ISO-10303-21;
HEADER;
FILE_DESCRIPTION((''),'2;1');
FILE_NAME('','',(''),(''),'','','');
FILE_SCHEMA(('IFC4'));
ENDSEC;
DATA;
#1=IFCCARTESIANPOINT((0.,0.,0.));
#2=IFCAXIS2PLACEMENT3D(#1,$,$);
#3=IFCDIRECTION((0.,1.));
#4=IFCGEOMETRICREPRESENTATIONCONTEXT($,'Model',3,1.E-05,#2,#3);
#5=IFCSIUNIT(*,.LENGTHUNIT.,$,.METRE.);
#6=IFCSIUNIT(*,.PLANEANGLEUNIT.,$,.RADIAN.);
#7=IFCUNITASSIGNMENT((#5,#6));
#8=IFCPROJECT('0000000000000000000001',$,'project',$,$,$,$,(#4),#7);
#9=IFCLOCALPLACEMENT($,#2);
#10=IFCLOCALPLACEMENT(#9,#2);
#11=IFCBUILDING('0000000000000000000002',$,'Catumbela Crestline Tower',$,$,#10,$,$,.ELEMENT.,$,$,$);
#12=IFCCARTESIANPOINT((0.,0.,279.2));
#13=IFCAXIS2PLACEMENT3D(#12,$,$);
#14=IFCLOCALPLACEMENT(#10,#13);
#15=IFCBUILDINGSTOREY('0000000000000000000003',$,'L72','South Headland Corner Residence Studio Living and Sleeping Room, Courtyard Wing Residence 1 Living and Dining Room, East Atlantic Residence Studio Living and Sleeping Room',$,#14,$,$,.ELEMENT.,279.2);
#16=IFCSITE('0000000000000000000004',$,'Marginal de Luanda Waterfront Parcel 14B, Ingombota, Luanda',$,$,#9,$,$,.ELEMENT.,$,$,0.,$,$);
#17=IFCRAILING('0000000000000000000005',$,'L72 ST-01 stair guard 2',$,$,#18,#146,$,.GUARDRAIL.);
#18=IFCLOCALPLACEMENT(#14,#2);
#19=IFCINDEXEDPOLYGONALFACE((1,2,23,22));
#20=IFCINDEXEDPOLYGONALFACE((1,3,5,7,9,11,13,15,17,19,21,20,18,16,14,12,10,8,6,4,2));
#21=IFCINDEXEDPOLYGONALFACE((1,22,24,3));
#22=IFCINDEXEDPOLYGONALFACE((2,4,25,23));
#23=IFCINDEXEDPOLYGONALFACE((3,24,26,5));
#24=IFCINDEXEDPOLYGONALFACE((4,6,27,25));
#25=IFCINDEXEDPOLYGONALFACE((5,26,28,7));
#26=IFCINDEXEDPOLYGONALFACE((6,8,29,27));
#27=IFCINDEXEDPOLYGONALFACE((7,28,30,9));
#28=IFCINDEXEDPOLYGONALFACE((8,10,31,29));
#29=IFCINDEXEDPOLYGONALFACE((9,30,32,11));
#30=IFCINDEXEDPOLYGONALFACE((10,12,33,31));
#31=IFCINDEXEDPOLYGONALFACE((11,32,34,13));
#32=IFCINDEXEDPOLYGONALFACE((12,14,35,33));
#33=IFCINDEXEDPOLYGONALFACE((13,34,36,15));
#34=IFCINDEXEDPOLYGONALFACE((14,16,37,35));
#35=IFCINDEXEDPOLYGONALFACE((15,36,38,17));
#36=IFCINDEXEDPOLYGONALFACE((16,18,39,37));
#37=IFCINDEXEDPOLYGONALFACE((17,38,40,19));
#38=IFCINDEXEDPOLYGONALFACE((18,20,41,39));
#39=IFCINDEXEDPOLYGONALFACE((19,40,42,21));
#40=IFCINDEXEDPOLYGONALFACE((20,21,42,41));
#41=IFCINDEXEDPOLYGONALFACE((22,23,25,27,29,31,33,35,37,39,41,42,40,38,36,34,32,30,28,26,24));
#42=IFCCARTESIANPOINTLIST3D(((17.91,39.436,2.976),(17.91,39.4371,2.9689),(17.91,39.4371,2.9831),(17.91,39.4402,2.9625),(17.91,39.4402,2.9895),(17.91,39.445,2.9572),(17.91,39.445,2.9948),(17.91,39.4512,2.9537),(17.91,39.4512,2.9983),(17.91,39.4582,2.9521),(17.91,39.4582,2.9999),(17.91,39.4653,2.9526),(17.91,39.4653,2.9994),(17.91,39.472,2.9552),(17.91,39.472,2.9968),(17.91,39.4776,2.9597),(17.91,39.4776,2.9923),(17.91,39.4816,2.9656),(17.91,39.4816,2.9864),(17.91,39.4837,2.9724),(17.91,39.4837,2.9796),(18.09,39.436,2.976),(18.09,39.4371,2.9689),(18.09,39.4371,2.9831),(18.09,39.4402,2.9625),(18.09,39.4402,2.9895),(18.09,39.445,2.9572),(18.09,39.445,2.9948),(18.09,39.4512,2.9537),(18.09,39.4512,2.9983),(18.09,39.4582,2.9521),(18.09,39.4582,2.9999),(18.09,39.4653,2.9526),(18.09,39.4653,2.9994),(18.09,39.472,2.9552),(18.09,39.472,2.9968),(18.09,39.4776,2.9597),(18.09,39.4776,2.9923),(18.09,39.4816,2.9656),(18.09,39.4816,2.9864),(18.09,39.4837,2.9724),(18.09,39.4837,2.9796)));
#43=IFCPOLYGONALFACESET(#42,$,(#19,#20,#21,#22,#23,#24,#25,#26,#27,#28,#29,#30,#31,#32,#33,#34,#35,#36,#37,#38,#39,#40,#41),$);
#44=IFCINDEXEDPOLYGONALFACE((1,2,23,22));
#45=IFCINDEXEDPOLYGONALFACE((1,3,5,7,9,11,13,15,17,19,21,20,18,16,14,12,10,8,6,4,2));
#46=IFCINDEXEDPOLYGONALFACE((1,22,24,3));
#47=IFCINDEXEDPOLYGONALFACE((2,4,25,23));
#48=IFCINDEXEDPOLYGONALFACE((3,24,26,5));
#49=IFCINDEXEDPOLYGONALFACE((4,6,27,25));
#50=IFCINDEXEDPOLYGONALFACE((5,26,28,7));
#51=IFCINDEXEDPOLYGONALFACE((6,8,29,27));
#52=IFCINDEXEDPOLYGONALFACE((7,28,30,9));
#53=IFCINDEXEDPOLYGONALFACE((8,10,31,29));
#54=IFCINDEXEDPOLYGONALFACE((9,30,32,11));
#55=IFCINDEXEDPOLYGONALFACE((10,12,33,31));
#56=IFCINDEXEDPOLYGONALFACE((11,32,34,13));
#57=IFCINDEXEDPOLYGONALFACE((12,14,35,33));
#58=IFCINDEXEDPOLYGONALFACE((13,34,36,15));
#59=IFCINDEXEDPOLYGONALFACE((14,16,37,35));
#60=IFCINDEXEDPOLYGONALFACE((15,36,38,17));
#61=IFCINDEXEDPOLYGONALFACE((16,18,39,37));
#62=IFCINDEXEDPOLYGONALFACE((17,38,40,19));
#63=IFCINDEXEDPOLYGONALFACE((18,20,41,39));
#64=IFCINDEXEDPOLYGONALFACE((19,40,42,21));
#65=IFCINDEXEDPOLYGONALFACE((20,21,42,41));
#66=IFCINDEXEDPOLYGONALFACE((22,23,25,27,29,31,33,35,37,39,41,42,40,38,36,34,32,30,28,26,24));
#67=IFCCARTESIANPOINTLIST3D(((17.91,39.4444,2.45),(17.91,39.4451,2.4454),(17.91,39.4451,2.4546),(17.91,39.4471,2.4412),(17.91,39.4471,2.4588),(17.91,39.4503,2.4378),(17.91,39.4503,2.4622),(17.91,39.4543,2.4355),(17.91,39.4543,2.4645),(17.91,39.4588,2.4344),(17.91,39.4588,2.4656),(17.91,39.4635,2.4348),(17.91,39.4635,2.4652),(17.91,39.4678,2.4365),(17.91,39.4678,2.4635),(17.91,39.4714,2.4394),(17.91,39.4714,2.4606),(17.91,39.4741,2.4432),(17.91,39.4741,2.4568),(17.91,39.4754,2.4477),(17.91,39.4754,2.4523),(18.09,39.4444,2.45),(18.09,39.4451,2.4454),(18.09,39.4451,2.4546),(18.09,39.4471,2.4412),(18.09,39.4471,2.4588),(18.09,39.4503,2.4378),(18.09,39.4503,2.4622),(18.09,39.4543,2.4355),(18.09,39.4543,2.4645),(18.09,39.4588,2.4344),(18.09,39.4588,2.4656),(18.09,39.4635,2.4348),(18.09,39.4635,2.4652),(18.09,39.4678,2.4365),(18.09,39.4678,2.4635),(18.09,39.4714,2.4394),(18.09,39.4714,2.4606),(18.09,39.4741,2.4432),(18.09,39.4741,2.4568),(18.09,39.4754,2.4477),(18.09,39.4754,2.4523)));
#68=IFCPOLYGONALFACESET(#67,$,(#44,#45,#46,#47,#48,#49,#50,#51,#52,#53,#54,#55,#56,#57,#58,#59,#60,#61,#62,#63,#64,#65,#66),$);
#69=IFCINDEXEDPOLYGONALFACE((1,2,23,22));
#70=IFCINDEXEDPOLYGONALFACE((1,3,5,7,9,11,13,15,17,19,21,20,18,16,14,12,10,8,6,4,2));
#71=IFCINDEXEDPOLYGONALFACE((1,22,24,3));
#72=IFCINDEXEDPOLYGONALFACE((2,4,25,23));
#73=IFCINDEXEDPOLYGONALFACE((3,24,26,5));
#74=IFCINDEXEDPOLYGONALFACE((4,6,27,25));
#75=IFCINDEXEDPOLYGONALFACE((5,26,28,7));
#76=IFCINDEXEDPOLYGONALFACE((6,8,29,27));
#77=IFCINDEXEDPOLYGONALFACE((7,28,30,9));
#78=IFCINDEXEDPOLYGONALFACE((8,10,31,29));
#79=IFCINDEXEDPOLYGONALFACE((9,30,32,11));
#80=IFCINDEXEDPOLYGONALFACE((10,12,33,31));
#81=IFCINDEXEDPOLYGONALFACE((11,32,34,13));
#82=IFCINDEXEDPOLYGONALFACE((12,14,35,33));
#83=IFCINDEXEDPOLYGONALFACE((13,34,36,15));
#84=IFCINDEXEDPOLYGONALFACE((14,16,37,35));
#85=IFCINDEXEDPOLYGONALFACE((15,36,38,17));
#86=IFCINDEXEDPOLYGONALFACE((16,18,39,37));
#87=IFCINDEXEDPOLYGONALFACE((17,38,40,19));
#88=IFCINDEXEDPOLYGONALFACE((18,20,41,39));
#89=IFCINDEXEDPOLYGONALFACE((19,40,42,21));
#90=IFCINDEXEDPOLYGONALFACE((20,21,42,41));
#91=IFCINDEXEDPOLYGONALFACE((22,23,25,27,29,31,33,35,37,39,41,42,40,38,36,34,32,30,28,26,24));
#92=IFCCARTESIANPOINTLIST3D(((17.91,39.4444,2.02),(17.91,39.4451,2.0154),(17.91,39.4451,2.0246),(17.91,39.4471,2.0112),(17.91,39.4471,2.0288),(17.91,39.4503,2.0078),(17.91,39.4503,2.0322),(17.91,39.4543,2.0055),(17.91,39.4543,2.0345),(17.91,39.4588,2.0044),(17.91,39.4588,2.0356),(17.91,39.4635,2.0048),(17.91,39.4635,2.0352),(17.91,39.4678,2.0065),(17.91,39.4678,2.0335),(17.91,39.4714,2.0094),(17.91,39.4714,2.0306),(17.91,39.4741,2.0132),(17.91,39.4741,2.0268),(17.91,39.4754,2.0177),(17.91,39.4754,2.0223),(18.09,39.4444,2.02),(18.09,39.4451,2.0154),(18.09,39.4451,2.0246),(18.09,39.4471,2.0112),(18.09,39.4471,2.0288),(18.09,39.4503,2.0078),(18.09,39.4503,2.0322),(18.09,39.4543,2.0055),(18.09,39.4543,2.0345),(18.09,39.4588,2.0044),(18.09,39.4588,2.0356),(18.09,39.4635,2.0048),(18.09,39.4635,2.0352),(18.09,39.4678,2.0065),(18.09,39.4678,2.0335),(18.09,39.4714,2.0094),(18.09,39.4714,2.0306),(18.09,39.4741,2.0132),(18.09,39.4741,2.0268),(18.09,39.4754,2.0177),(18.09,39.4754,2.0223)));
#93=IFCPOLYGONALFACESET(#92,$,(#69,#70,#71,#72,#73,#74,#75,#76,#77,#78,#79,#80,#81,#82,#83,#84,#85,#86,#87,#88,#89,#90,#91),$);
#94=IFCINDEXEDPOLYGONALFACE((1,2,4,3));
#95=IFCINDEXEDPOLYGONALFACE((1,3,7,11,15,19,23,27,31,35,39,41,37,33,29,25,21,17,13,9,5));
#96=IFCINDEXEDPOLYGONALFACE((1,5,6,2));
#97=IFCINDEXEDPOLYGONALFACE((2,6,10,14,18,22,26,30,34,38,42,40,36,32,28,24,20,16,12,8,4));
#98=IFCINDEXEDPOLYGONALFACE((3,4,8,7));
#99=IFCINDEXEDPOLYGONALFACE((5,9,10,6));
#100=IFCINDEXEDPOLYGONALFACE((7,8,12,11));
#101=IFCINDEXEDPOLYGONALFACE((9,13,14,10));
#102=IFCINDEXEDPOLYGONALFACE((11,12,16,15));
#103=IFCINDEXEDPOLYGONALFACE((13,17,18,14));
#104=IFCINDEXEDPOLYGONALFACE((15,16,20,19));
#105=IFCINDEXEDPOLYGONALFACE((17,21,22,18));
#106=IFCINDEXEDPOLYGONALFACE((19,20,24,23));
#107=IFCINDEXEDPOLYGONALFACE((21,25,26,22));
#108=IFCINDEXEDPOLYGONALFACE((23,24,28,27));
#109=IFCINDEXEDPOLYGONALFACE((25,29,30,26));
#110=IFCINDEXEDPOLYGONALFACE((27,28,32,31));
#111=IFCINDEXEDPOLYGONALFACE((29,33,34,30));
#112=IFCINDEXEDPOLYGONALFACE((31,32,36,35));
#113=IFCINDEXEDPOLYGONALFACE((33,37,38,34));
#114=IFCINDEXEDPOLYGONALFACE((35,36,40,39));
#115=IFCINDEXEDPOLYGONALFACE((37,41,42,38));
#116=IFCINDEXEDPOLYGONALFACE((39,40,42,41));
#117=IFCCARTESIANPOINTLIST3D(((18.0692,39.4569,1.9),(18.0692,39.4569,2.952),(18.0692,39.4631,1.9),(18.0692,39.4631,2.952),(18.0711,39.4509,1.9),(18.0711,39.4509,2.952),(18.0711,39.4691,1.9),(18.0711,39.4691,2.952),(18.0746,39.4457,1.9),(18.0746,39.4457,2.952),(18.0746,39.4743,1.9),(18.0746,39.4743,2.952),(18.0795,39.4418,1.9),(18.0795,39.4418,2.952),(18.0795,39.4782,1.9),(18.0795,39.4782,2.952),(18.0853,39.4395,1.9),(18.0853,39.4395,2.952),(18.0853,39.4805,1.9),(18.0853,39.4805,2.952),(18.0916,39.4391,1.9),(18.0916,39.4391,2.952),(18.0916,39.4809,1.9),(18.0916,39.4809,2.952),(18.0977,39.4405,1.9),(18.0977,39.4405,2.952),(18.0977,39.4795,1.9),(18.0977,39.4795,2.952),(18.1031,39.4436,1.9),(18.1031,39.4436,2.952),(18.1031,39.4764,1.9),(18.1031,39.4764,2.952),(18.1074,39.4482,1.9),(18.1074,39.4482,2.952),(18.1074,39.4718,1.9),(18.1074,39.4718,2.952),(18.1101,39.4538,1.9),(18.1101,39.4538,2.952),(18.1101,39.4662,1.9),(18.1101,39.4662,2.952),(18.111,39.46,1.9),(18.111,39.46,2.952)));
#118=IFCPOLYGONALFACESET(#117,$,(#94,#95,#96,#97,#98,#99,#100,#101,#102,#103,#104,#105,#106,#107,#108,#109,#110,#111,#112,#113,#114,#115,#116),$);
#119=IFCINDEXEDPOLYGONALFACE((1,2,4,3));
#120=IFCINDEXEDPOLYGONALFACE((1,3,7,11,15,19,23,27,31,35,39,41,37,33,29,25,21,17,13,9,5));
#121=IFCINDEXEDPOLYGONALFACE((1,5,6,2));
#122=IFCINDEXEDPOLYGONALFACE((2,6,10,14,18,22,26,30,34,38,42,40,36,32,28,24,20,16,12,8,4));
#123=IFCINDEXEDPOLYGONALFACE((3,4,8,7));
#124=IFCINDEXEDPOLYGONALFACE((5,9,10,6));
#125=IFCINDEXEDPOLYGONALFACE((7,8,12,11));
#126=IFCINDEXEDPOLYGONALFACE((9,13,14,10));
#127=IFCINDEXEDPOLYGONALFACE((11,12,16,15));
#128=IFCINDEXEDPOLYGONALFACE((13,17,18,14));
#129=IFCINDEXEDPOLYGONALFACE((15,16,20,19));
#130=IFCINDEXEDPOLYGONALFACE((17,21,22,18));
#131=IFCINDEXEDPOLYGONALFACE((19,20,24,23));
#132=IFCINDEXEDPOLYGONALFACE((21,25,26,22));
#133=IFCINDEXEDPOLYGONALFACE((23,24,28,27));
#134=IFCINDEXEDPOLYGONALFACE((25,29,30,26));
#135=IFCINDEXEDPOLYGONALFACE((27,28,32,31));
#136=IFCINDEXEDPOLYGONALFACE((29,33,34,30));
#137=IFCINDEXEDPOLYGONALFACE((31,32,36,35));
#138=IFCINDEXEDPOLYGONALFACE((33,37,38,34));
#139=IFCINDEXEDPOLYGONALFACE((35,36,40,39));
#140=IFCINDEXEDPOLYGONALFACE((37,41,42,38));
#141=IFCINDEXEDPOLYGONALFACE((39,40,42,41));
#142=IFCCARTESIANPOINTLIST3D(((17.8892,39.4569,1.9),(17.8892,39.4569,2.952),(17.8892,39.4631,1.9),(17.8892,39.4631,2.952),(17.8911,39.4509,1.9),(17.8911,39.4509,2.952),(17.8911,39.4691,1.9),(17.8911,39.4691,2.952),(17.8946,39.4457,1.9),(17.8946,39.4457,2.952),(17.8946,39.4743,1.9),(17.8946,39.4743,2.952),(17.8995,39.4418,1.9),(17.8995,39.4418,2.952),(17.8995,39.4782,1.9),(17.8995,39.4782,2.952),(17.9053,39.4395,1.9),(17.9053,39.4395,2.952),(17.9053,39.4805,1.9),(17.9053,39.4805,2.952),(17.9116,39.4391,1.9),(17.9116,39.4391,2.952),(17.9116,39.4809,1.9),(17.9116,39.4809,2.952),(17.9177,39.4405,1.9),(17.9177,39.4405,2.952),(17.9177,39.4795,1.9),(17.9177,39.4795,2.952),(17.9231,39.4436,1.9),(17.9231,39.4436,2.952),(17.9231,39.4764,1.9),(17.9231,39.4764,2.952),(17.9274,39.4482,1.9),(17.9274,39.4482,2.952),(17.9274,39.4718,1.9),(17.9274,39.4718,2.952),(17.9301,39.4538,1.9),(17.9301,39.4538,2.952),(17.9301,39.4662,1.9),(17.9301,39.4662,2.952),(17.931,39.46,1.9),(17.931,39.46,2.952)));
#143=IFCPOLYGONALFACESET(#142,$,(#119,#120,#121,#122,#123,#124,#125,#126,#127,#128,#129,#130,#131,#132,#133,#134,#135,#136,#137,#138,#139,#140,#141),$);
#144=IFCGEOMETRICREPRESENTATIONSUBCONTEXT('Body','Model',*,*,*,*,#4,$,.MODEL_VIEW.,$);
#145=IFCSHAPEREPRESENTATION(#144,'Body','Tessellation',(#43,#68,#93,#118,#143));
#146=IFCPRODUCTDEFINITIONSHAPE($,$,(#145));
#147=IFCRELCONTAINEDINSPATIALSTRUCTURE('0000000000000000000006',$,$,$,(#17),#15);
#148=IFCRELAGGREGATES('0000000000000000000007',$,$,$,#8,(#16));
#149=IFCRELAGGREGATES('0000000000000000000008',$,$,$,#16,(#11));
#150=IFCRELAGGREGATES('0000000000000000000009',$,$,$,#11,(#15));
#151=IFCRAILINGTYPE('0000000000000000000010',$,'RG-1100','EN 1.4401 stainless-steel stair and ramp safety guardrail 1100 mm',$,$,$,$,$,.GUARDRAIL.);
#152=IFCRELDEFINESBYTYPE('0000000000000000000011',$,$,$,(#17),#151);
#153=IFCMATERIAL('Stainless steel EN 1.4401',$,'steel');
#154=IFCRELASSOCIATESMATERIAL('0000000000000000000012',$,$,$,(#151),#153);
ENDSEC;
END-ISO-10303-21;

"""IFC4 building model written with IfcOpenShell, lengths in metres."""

from ifc_helpers import new_model, si_unit, direction, frame, origin, origin_2d, place, context, subcontext, project, spatial, circle, extrude, material, type_object, element, save


model = new_model("IFC4")

# Units and contexts
model_context = context("Model", 3, precision=1e-05, world=origin(), true_north=direction((0.0, 1.0)))
body_context = subcontext(model_context, "Body", "Model", "MODEL_VIEW")
ifc_project = project(units=[si_unit("LENGTHUNIT", "METRE"), si_unit("PLANEANGLEUNIT", "RADIAN")], contexts=[model_context])

# Site, building, storey
site_placement = place(None, origin())
site = spatial("IfcSite", under=ifc_project, at=site_placement, Name="Marginal de Luanda Waterfront Parcel 14B, Ingombota, Luanda", CompositionType="ELEMENT", RefElevation=0.0)
building_placement = place(site_placement, origin())
building = spatial("IfcBuilding", under=site, at=building_placement, Name="Catumbela Crestline Tower", CompositionType="ELEMENT")
storey_placement = place(building_placement, frame((0.0, 0.0, 279.2)))
storey = spatial("IfcBuildingStorey", under=building, at=storey_placement, Name="L72", Description="South Headland Corner Residence Studio Living and Sleeping Room, Courtyard Wing Residence 1 Living and Dining Room, East Atlantic Residence Studio Living and Sleeping Room", CompositionType="ELEMENT", Elevation=279.2)

# Shared definitions
ifc_material_1 = material(Name="Stainless steel EN 1.4401", Category="steel")

# Railing
railing_type_1 = type_object("IfcRailingType", Name="RG-1100", Description="EN 1.4401 stainless-steel stair and ramp safety guardrail 1100 mm", PredefinedType="GUARDRAIL", material=ifc_material_1)
railing_1_placement = place(storey_placement, frame((18.09, 39.46, 1.9)))
element("IfcRailing", 1, at=railing_1_placement, inside=storey, type_object=railing_type_1, Name="L72 ST-01 stair guard 2", PredefinedType="GUARDRAIL", context=body_context, shape_type="SweptSolid", body=[
    extrude(circle(Radius=0.024, at=origin_2d()), frame((0.0, 0.0, 1.076), z_axis=(-1.0, 0.0, 0.0), x_axis=(0.0, -1.0, 0.0)), (0.0, 0.0, 1.0), 0.18),
    extrude(circle(Radius=0.0156, at=origin_2d()), frame((0.0, 0.0, 0.55), z_axis=(-1.0, 0.0, 0.0), x_axis=(0.0, -1.0, 0.0)), (0.0, 0.0, 1.0), 0.18),
    extrude(circle(Radius=0.0156, at=origin_2d()), frame((0.0, 0.0, 0.12), z_axis=(-1.0, 0.0, 0.0), x_axis=(0.0, -1.0, 0.0)), (0.0, 0.0, 1.0), 0.18),
    extrude(circle(Radius=0.021, at=origin_2d()), origin(), (0.0, 0.0, 1.0), 1.052),
    extrude(circle(Radius=0.021, at=origin_2d()), frame((-0.18, 0.0, 0.0)), (0.0, 0.0, 1.0), 1.052),
])

save(model, "model.ifc")
